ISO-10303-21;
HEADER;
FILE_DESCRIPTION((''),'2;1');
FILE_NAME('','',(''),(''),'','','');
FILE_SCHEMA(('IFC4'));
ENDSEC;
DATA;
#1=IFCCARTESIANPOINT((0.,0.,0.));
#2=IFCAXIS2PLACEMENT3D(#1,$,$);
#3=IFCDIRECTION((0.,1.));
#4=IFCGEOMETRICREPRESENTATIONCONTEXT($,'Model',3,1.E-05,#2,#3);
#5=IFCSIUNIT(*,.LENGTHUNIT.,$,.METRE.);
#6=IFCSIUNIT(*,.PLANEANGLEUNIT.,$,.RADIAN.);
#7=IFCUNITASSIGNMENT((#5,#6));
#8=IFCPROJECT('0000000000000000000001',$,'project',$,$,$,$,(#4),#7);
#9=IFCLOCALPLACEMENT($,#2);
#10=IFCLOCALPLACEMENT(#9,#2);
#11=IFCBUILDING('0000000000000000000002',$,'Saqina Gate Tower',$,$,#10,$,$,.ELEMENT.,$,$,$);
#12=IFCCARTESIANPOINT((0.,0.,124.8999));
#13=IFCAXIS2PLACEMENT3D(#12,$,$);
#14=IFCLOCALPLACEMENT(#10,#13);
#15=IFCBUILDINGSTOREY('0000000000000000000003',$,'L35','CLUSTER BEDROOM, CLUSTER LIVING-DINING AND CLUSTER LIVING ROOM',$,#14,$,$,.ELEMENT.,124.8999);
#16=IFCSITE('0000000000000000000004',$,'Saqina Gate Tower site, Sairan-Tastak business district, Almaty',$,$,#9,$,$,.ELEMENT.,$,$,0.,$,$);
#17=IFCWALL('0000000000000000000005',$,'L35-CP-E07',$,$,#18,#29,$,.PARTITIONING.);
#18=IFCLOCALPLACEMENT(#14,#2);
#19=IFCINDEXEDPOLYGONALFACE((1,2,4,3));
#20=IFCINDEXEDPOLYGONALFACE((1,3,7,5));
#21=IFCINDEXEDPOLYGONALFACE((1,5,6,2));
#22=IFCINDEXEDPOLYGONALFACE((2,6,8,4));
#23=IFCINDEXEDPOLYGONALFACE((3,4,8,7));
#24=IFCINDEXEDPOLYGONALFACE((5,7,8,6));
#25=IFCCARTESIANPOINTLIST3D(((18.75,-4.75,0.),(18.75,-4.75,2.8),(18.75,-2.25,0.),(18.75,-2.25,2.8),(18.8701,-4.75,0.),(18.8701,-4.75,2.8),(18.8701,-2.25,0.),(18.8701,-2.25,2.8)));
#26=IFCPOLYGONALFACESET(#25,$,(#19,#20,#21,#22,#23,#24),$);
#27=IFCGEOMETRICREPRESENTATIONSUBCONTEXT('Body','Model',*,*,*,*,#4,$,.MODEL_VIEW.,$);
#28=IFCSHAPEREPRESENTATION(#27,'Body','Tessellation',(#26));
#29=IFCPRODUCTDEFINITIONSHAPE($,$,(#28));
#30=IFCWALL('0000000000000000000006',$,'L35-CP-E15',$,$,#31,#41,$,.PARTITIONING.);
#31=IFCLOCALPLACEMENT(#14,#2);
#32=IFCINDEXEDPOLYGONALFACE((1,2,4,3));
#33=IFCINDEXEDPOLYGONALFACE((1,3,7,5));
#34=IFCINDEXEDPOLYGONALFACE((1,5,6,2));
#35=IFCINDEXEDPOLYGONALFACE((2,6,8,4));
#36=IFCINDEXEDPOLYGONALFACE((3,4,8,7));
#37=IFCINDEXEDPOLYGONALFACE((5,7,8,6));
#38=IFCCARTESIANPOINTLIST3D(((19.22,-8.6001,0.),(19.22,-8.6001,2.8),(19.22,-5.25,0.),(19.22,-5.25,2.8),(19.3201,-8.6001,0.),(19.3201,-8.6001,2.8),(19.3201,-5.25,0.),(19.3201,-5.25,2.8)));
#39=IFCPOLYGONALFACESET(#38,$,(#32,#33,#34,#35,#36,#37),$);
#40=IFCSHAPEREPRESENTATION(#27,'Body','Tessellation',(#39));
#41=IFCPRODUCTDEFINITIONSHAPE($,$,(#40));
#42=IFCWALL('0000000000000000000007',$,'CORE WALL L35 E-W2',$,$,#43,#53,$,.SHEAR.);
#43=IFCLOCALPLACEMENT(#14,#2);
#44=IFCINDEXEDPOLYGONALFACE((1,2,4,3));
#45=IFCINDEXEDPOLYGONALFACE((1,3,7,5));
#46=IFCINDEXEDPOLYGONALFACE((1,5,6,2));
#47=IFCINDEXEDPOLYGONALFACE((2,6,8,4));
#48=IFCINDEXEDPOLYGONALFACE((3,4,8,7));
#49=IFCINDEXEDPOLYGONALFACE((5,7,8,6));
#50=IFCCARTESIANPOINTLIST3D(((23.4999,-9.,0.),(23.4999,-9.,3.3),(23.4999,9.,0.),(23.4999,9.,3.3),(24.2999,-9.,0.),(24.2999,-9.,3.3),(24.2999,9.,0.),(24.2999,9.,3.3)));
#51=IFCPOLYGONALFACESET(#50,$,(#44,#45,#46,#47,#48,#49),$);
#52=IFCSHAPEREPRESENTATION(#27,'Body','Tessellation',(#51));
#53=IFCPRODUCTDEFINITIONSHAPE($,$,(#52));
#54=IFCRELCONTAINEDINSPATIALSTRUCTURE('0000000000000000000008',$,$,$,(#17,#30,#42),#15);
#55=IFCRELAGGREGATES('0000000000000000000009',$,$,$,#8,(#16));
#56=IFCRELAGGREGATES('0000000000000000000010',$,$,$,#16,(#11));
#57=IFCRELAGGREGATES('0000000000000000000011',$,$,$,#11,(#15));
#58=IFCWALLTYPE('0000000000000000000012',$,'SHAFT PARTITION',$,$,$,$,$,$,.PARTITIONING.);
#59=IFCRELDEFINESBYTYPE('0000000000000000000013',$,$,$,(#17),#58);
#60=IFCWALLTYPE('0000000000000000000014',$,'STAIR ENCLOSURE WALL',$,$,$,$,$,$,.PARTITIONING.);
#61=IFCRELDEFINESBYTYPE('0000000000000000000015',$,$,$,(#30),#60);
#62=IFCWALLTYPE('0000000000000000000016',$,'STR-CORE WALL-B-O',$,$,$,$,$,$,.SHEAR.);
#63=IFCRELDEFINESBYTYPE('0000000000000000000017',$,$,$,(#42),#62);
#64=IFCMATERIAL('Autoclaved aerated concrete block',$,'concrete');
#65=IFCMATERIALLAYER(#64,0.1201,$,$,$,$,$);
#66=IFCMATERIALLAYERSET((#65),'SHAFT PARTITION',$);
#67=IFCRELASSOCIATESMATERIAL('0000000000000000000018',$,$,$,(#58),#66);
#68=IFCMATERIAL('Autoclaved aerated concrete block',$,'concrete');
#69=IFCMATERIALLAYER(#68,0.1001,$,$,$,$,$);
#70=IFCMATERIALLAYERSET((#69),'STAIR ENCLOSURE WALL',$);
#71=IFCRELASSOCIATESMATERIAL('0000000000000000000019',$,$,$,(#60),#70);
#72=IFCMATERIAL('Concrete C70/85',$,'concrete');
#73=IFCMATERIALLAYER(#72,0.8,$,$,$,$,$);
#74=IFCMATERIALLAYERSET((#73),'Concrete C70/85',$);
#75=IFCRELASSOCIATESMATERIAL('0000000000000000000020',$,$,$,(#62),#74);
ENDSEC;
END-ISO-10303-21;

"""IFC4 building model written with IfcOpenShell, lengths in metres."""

from ifc_helpers import new_model, si_unit, direction, frame, frame_2d, origin, place, context, subcontext, project, spatial, rectangle, extrude, material, layer, layer_set, type_object, element, save


model = new_model("IFC4")

# Units and contexts
model_context = context("Model", 3, precision=1e-05, world=origin(), true_north=direction((0.0, 1.0)))
body_context = subcontext(model_context, "Body", "Model", "MODEL_VIEW")
ifc_project = project(units=[si_unit("LENGTHUNIT", "METRE"), si_unit("PLANEANGLEUNIT", "RADIAN")], contexts=[model_context])

# Site, building, storey
site_placement = place(None, origin())
site = spatial("IfcSite", under=ifc_project, at=site_placement, Name="Saqina Gate Tower site, Sairan-Tastak business district, Almaty", CompositionType="ELEMENT", RefElevation=0.0)
building_placement = place(site_placement, origin())
building = spatial("IfcBuilding", under=site, at=building_placement, Name="Saqina Gate Tower", CompositionType="ELEMENT")
storey_placement = place(building_placement, frame((0.0, 0.0, 124.8999)))
storey = spatial("IfcBuildingStorey", under=building, at=storey_placement, Name="L35", Description="CLUSTER BEDROOM, CLUSTER LIVING-DINING AND CLUSTER LIVING ROOM", CompositionType="ELEMENT", Elevation=124.8999)

# Walls
ifc_material_1 = material(Name="Autoclaved aerated concrete block", Category="concrete")
ifc_layer_1 = layer(ifc_material_1, 0.1201)
ifc_layer_set_1 = layer_set([ifc_layer_1], Name="SHAFT PARTITION")
wall_type_1 = type_object("IfcWallType", Name="SHAFT PARTITION", PredefinedType="PARTITIONING", material=ifc_layer_set_1)
wall_1_placement = place(storey_placement, frame((18.8101, -4.75, 0.0), z_axis=(0.0, 0.0, 1.0), x_axis=(0.0, 1.0, 0.0)))
element("IfcWall", 1, at=wall_1_placement, inside=storey, type_object=wall_type_1, Name="L35-CP-E07", PredefinedType="PARTITIONING", context=body_context, shape_type="SweptSolid", body=[
    extrude(rectangle(XDim=2.5, YDim=0.1201, at=frame_2d((1.25, 0.0))), origin(), (0.0, 0.0, 1.0), 2.8),
])
ifc_material_2 = material(Name="Autoclaved aerated concrete block", Category="concrete")
ifc_layer_2 = layer(ifc_material_2, 0.1001)
ifc_layer_set_2 = layer_set([ifc_layer_2], Name="STAIR ENCLOSURE WALL")
wall_type_2 = type_object("IfcWallType", Name="STAIR ENCLOSURE WALL", PredefinedType="PARTITIONING", material=ifc_layer_set_2)
wall_2_placement = place(storey_placement, frame((19.27, -8.6001, 0.0), z_axis=(0.0, 0.0, 1.0), x_axis=(0.0, 1.0, 0.0)))
element("IfcWall", 2, at=wall_2_placement, inside=storey, type_object=wall_type_2, Name="L35-CP-E15", PredefinedType="PARTITIONING", context=body_context, shape_type="SweptSolid", body=[
    extrude(rectangle(XDim=3.3501, YDim=0.1001, at=frame_2d((1.675, 0.0))), origin(), (0.0, 0.0, 1.0), 2.8),
])
ifc_material_3 = material(Name="Concrete C70/85", Category="concrete")
ifc_layer_3 = layer(ifc_material_3, 0.8)
ifc_layer_set_3 = layer_set([ifc_layer_3], Name="Concrete C70/85")
wall_type_3 = type_object("IfcWallType", Name="STR-CORE WALL-B-O", PredefinedType="SHEAR", material=ifc_layer_set_3)
wall_3_placement = place(storey_placement, frame((23.8999, -9.0, 0.0), z_axis=(0.0, 0.0, 1.0), x_axis=(0.0, 1.0, 0.0)))
element("IfcWall", 3, at=wall_3_placement, inside=storey, type_object=wall_type_3, Name="CORE WALL L35 E-W2", PredefinedType="SHEAR", context=body_context, shape_type="SweptSolid", body=[
    extrude(rectangle(XDim=18.0, YDim=0.8, at=frame_2d((9.0, 0.0))), origin(), (0.0, 0.0, 1.0), 3.3),
])

save(model, "model.ifc")
